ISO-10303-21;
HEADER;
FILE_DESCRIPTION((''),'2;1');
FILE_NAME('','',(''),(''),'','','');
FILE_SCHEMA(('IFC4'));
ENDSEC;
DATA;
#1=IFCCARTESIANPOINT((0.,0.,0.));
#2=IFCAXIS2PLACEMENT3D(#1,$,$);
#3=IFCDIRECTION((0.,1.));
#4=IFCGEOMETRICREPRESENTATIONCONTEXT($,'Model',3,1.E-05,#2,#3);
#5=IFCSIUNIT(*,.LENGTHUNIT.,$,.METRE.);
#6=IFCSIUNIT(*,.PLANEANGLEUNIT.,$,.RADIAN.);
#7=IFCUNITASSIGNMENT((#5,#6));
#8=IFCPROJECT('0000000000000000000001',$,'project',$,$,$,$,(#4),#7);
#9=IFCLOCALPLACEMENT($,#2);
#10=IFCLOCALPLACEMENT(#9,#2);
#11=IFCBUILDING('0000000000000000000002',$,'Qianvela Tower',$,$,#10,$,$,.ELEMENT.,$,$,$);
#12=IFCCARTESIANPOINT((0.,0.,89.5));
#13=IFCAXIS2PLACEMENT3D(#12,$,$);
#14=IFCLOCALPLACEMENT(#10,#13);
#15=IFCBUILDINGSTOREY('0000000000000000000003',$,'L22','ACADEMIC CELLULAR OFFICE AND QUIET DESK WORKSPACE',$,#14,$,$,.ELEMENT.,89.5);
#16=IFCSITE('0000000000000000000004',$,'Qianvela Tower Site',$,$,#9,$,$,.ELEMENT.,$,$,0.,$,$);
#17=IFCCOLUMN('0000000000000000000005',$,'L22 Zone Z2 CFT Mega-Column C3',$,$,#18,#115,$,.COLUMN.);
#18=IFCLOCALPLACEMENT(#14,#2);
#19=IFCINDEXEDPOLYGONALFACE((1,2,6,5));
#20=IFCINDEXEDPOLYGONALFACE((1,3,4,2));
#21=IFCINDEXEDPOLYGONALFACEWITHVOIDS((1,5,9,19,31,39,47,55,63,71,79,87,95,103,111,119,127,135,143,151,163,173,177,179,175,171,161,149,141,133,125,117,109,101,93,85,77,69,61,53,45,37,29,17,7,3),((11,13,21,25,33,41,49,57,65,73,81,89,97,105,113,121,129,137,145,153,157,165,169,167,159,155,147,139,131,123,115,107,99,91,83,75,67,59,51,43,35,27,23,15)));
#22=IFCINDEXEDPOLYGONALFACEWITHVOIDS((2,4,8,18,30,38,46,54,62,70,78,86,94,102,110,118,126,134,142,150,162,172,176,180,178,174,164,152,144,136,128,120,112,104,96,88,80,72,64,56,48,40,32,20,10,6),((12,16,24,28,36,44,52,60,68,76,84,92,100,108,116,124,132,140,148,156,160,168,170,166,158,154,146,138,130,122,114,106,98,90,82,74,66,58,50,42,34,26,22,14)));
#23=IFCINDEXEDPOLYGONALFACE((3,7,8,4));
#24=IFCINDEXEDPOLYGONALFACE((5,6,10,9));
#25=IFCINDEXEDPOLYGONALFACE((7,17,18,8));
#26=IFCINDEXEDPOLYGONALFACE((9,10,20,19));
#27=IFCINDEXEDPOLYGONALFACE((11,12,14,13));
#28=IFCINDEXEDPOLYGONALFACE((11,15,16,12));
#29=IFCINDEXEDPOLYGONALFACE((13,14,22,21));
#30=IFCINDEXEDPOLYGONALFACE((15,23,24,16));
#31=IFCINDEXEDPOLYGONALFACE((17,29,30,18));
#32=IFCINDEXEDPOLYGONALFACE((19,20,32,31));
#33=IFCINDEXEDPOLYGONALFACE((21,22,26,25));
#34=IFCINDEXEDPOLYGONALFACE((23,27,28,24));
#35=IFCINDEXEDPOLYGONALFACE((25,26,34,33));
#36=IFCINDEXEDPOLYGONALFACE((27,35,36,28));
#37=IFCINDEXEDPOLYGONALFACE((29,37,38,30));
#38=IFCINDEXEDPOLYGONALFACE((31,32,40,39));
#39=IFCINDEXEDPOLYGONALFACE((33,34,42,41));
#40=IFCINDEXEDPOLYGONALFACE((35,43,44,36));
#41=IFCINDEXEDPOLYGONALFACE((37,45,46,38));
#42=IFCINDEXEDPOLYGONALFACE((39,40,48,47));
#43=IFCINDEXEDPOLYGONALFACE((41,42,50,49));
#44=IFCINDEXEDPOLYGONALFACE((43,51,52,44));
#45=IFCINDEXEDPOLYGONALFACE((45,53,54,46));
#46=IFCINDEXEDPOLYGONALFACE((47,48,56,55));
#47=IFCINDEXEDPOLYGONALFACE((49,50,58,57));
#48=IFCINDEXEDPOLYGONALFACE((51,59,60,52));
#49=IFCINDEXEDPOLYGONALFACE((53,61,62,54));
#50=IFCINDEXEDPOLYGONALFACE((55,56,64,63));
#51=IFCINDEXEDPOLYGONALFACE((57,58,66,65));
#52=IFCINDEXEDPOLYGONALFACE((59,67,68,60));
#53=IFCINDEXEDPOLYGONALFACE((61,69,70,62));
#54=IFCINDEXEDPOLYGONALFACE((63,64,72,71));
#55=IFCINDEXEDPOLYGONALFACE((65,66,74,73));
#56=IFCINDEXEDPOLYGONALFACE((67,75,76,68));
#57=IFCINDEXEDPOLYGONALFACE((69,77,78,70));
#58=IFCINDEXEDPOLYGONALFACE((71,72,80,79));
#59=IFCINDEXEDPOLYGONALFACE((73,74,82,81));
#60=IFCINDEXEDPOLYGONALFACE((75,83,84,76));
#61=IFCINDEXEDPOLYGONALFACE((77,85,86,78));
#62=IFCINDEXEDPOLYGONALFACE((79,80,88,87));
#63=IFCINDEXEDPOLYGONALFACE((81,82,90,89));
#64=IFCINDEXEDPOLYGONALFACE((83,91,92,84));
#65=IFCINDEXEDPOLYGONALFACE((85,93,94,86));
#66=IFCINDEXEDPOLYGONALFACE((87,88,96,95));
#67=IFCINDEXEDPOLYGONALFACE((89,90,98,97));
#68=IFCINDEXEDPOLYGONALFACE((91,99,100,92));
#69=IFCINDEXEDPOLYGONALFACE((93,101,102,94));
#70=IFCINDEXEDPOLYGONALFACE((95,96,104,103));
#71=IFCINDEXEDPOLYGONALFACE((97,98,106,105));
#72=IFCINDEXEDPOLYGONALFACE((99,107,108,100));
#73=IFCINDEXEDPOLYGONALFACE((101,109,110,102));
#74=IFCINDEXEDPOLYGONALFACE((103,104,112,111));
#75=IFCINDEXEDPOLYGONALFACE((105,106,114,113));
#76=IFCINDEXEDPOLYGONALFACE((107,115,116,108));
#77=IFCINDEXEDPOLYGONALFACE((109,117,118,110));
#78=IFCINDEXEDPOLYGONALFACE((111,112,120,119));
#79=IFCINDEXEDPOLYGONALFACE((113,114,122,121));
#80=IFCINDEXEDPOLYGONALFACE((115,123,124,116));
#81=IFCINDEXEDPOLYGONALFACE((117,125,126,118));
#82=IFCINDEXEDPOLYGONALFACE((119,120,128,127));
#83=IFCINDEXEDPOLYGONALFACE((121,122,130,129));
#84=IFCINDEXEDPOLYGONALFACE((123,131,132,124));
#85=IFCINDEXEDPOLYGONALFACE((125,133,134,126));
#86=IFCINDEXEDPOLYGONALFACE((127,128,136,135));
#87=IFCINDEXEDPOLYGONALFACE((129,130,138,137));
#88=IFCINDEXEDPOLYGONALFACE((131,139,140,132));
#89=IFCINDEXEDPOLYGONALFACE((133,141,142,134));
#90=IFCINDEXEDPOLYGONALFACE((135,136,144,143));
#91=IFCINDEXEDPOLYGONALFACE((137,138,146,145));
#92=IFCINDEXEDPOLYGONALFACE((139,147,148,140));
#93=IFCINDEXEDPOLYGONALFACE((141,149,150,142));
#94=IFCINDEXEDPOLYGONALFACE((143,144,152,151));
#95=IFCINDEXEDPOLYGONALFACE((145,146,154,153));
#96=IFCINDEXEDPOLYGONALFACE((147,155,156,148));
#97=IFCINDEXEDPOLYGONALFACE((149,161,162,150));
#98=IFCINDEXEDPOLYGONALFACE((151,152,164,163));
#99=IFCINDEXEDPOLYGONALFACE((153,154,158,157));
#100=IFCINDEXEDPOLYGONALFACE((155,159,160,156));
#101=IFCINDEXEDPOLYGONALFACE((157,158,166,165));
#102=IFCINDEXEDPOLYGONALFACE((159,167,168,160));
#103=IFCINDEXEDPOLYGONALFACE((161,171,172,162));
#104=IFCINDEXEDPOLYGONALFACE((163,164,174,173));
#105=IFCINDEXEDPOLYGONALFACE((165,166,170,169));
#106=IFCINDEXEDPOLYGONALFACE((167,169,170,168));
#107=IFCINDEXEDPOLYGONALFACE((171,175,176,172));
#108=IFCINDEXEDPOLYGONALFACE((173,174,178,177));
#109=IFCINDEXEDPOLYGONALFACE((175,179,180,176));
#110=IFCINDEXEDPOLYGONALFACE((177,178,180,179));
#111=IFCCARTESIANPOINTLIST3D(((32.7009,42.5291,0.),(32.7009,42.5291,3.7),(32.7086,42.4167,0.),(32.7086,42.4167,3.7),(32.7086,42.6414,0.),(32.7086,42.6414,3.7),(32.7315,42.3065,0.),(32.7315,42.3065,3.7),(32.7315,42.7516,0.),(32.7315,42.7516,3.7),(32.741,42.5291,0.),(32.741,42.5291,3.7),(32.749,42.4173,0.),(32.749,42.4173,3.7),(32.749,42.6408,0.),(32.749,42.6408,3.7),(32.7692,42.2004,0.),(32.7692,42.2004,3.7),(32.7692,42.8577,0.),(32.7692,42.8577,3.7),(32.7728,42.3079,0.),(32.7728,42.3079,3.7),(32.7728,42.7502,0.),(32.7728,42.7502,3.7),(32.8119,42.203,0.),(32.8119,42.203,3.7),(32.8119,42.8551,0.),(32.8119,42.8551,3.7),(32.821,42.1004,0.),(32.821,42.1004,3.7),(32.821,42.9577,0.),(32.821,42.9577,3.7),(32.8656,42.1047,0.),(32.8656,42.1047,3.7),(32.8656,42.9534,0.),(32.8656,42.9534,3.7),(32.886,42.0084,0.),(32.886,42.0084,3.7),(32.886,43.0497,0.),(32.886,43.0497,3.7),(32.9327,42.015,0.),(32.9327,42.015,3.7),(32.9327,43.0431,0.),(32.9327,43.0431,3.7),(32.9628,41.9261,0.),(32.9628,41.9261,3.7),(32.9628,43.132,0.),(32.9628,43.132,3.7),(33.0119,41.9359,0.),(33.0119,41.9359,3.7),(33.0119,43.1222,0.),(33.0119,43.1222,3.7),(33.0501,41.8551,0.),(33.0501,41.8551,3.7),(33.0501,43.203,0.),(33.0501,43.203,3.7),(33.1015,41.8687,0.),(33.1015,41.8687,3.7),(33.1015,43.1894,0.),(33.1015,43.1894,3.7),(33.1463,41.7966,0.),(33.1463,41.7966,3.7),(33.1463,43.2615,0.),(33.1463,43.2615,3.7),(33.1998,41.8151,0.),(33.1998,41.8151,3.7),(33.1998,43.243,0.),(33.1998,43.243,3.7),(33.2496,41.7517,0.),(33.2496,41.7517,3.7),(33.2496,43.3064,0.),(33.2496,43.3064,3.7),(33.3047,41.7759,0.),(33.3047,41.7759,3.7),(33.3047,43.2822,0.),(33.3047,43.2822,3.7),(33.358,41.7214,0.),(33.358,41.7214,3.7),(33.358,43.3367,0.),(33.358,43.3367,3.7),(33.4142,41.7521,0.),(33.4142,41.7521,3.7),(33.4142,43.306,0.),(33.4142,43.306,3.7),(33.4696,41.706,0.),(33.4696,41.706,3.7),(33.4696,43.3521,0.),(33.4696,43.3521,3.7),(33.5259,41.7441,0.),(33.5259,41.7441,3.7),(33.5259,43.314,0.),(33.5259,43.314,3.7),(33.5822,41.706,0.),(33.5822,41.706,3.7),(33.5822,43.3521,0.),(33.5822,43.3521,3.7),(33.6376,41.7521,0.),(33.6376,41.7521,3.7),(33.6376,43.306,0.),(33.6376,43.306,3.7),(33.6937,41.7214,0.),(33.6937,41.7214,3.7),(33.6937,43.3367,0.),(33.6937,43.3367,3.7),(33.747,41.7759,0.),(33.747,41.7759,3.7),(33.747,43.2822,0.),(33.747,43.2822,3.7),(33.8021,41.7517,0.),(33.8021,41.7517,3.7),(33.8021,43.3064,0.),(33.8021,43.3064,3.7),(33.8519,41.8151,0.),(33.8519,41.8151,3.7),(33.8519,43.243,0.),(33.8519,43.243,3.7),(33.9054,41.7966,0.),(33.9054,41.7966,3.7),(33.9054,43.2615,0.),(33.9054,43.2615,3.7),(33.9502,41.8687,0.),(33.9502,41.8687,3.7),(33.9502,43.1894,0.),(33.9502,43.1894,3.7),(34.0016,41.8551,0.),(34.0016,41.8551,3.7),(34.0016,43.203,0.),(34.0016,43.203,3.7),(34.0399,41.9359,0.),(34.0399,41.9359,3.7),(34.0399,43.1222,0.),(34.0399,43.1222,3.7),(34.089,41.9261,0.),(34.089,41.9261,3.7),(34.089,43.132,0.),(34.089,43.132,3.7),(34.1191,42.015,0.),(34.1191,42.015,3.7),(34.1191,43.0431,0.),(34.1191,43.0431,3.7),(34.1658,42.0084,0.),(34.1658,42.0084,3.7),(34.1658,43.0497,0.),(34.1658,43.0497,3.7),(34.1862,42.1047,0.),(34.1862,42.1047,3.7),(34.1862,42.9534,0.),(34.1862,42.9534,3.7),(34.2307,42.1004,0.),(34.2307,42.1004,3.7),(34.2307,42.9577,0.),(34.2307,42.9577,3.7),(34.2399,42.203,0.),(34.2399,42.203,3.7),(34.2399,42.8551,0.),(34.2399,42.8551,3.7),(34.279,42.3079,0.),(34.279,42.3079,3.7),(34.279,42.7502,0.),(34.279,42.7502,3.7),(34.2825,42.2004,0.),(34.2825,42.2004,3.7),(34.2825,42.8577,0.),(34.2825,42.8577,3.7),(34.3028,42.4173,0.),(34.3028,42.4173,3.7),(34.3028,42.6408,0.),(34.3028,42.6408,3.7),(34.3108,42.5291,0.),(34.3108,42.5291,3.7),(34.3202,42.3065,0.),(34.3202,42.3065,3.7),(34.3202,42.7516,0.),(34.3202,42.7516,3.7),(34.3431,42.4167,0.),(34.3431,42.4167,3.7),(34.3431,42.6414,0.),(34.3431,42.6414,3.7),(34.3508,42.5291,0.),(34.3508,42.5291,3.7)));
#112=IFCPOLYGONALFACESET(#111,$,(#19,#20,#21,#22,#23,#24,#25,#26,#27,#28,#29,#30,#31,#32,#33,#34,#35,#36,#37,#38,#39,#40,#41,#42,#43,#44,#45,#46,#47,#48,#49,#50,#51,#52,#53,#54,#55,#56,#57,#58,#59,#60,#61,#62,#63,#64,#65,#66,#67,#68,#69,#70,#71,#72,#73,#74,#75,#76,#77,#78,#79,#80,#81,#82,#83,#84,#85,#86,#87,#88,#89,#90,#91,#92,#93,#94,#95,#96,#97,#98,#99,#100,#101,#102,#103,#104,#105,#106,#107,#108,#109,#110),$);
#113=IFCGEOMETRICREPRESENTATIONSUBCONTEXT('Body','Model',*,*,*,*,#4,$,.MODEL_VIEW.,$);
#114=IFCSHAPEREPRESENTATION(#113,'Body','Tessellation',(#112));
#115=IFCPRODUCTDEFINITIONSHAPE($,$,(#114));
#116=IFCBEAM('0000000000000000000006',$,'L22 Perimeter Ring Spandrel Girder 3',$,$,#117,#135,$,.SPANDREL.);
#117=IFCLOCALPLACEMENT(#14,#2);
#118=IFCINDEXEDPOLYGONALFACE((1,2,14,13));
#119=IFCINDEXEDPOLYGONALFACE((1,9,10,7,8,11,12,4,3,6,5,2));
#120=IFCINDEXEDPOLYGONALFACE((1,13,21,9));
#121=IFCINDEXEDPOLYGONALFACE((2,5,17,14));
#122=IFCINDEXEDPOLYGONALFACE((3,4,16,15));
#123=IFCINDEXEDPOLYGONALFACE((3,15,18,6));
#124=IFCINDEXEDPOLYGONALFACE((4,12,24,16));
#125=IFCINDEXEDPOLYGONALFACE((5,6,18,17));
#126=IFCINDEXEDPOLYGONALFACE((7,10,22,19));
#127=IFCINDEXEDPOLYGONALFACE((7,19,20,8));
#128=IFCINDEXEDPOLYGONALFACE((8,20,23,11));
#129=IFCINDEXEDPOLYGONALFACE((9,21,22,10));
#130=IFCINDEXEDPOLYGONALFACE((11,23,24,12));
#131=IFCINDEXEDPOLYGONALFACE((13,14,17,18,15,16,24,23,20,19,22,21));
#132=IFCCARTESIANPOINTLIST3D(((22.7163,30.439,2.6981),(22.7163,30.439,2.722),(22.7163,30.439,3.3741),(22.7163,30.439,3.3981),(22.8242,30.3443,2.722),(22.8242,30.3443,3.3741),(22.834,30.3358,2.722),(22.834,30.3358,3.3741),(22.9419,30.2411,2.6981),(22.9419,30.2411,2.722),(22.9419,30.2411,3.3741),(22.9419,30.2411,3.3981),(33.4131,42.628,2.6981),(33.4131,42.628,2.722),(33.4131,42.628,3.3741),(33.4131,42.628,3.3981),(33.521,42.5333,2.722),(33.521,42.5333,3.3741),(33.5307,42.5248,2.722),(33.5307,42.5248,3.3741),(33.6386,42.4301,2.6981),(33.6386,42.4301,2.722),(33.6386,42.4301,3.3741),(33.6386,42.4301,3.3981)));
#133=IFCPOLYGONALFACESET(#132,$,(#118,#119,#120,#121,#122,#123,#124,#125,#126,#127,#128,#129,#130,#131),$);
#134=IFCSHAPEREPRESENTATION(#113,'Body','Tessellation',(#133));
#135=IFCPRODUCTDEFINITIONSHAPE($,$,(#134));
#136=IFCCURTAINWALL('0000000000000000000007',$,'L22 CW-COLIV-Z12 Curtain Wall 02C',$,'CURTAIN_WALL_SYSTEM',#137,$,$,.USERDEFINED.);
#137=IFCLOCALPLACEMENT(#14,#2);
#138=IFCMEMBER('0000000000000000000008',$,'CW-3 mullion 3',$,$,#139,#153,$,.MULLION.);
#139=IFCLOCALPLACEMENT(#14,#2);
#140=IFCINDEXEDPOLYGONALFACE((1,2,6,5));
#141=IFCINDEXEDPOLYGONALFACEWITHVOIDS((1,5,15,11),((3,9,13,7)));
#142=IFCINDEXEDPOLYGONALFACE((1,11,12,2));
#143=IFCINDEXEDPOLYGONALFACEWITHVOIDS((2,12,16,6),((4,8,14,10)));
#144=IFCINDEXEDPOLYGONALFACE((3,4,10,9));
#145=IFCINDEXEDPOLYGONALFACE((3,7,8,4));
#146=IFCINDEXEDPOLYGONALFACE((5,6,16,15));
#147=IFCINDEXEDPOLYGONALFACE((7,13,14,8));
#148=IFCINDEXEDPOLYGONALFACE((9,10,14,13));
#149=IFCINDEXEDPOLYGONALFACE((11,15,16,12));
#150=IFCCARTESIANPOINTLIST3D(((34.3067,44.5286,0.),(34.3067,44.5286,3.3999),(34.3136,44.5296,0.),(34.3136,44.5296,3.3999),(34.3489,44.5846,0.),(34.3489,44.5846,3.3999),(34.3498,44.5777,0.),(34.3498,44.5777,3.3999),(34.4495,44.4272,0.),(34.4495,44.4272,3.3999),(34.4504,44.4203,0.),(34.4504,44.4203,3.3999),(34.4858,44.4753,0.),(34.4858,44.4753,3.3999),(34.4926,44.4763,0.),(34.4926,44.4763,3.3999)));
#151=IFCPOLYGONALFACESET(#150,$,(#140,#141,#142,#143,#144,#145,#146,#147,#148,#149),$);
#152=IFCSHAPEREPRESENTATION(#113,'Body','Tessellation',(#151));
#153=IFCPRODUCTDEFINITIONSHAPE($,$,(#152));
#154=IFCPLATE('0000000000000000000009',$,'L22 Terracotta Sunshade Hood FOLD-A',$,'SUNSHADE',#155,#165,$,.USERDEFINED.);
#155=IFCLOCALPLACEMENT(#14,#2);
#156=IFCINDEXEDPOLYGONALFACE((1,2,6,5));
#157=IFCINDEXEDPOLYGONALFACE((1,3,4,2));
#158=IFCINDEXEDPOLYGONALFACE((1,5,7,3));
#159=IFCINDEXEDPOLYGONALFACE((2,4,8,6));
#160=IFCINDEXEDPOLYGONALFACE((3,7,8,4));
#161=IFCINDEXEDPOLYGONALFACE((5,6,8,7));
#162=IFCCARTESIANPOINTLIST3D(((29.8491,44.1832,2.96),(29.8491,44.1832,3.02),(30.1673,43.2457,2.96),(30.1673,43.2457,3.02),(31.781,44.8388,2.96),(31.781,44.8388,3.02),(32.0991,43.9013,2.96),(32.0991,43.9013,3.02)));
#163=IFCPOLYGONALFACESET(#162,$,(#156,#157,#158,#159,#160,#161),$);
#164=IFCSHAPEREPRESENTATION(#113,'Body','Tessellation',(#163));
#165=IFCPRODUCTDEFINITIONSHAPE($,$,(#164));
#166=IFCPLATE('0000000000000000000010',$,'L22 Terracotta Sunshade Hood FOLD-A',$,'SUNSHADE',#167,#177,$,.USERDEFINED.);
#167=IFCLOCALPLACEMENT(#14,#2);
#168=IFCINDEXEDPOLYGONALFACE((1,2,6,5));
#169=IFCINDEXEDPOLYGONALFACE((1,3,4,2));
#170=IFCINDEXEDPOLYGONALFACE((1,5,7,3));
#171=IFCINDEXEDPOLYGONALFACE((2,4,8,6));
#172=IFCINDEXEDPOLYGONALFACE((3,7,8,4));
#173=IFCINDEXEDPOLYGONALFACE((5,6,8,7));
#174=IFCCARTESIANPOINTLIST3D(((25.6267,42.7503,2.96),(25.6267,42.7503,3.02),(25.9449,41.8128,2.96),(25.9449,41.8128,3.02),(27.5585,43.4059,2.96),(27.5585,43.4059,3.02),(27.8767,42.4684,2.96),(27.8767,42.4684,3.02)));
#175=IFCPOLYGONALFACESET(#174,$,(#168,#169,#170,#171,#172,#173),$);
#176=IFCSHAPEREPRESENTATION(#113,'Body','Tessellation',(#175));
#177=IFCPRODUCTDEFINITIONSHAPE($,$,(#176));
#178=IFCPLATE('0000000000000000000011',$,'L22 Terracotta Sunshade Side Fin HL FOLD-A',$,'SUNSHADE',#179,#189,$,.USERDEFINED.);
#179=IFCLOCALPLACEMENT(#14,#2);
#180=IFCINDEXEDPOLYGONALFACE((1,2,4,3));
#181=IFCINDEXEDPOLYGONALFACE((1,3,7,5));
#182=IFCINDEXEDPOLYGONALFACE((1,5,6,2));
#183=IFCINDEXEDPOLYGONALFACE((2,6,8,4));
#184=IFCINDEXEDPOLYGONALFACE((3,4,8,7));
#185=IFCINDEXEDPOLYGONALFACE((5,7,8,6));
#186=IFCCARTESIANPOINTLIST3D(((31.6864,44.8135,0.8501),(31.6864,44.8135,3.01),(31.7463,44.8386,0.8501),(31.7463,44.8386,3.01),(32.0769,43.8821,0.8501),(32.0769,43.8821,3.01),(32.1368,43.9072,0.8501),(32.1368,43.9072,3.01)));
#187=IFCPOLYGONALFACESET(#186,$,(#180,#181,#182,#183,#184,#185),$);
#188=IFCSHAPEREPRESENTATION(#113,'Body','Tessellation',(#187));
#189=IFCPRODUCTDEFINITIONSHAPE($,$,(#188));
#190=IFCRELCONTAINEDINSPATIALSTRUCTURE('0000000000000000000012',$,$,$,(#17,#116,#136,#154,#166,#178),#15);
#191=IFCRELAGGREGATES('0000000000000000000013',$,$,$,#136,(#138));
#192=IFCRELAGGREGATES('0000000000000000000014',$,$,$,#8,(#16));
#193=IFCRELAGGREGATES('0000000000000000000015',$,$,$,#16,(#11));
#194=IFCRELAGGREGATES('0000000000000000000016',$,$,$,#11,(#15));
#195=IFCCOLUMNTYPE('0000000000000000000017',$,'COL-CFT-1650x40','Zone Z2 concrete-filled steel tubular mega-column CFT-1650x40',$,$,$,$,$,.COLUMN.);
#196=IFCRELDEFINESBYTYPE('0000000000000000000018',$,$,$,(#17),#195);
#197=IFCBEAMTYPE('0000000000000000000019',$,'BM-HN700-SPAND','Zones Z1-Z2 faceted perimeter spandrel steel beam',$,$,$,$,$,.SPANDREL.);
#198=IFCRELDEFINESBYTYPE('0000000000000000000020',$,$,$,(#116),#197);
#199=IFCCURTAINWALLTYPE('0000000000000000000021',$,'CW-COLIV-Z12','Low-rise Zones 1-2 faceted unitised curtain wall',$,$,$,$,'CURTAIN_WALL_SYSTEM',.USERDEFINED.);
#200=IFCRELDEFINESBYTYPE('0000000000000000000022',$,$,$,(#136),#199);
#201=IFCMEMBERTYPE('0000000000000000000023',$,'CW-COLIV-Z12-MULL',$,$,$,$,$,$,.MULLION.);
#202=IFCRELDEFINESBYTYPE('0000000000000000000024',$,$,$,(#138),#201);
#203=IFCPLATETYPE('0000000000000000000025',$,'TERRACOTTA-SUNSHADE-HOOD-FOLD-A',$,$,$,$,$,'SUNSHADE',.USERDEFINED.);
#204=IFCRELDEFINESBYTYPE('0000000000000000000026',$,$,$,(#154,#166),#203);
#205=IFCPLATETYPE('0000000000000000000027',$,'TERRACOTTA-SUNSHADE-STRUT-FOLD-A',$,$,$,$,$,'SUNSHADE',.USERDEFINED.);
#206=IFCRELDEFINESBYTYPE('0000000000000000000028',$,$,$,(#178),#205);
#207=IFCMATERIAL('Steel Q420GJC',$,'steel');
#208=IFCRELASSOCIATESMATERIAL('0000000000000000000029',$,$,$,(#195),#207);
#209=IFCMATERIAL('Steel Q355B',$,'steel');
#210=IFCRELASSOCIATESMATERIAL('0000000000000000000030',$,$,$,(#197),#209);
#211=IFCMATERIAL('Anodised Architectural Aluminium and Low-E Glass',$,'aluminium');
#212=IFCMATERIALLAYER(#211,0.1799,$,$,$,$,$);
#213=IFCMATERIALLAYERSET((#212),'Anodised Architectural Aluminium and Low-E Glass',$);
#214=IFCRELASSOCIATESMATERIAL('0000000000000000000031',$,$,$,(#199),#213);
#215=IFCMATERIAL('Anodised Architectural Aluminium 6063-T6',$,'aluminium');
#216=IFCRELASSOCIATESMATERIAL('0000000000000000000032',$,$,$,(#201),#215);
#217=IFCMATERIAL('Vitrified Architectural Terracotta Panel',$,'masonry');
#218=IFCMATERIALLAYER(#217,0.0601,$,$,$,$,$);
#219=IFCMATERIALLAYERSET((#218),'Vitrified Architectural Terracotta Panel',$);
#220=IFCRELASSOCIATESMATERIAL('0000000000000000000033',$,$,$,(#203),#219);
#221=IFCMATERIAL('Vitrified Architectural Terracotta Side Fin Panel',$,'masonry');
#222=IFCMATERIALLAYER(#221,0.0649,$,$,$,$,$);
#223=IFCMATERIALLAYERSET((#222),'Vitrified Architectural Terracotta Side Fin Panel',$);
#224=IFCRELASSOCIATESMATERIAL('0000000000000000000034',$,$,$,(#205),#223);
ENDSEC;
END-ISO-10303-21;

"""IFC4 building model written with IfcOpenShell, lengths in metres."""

from ifc_helpers import new_model, si_unit, direction, frame, origin, origin_2d, place, context, subcontext, project, spatial, rectangle, hollow_rectangle, hollow_circle, i_section, extrude, material, layer, layer_set, material_profile, profile_set, type_object, element, aggregate, save


model = new_model("IFC4")

# Units and contexts
model_context = context("Model", 3, precision=1e-05, world=origin(), true_north=direction((0.0, 1.0)))
body_context = subcontext(model_context, "Body", "Model", "MODEL_VIEW")
ifc_project = project(units=[si_unit("LENGTHUNIT", "METRE"), si_unit("PLANEANGLEUNIT", "RADIAN")], contexts=[model_context])

# Site, building, storey
site_placement = place(None, origin())
site = spatial("IfcSite", under=ifc_project, at=site_placement, Name="Qianvela Tower Site", CompositionType="ELEMENT", RefElevation=0.0)
building_placement = place(site_placement, origin())
building = spatial("IfcBuilding", under=site, at=building_placement, Name="Qianvela Tower", CompositionType="ELEMENT")
storey_placement = place(building_placement, frame((0.0, 0.0, 89.5)))
storey = spatial("IfcBuildingStorey", under=building, at=storey_placement, Name="L22", Description="ACADEMIC CELLULAR OFFICE AND QUIET DESK WORKSPACE", CompositionType="ELEMENT", Elevation=89.5)

# Column
ifc_material_1 = material(Name="Steel Q420GJC", Category="steel")
ifc_material_profile_1 = material_profile(ifc_material_1, hollow_circle(Radius=0.825, WallThickness=0.04, at=origin_2d()), Name="CFT-1650x40")
ifc_profile_set_1 = profile_set([ifc_material_profile_1], Name="Steel Q420GJC")
column_type = type_object("IfcColumnType", Name="COL-CFT-1650x40", Description="Zone Z2 concrete-filled steel tubular mega-column CFT-1650x40", PredefinedType="COLUMN", material=ifc_profile_set_1)
column_placement = place(storey_placement, frame((33.5259, 42.5291, 0.0), z_axis=(0.0, 0.0, 1.0), x_axis=(1.0, 0.0, 0.0)))
element("IfcColumn", 1, at=column_placement, inside=storey, type_object=column_type, Name="L22 Zone Z2 CFT Mega-Column C3", PredefinedType="COLUMN", context=body_context, shape_type="SweptSolid", body=[
    extrude(hollow_circle(Radius=0.825, WallThickness=0.04, at=origin_2d()), origin(), (0.0, 0.0, 1.0), 3.7),
])

# Beam
ifc_material_2 = material(Name="Steel Q355B", Category="steel")
ifc_material_profile_2 = material_profile(ifc_material_2, i_section(OverallWidth=0.3, OverallDepth=0.7, WebThickness=0.0129, FlangeThickness=0.0239, at=origin_2d()), Name="HN700x300x13x24")
ifc_profile_set_2 = profile_set([ifc_material_profile_2], Name="Steel Q355B")
beam_type = type_object("IfcBeamType", Name="BM-HN700-SPAND", Description="Zones Z1-Z2 faceted perimeter spandrel steel beam", PredefinedType="SPANDREL", material=ifc_profile_set_2)
beam_placement = place(storey_placement, frame((33.5259, 42.5291, 3.0481), z_axis=(-0.659602, -0.751615, 0.0), x_axis=(0.751615, -0.659602, 0.0)))
element("IfcBeam", 2, at=beam_placement, inside=storey, type_object=beam_type, Name="L22 Perimeter Ring Spandrel Girder 3", PredefinedType="SPANDREL", context=body_context, shape_type="SweptSolid", body=[
    extrude(i_section(OverallWidth=0.3, OverallDepth=0.7, WebThickness=0.0129, FlangeThickness=0.0239, at=origin_2d()), origin(), (0.0, 0.0, 1.0), 16.217),
])

# Curtain wall, member
ifc_material_3 = material(Name="Anodised Architectural Aluminium and Low-E Glass", Category="aluminium")
ifc_layer_1 = layer(ifc_material_3, 0.1799)
ifc_layer_set_1 = layer_set([ifc_layer_1], Name="Anodised Architectural Aluminium and Low-E Glass")
curtain_wall_type = type_object("IfcCurtainWallType", Name="CW-COLIV-Z12", Description="Low-rise Zones 1-2 faceted unitised curtain wall", ElementType="CURTAIN_WALL_SYSTEM", PredefinedType="USERDEFINED", material=ifc_layer_set_1)
curtain_wall_placement = place(storey_placement, origin())
curtain_wall = element("IfcCurtainWall", 3, at=curtain_wall_placement, inside=storey, type_object=curtain_wall_type, Name="L22 CW-COLIV-Z12 Curtain Wall 02C", ObjectType="CURTAIN_WALL_SYSTEM", PredefinedType="USERDEFINED")
ifc_material_4 = material(Name="Anodised Architectural Aluminium 6063-T6", Category="aluminium")
ifc_material_profile_3 = material_profile(ifc_material_4, hollow_rectangle(XDim=0.0701, YDim=0.1799, WallThickness=0.0049, at=origin_2d()), Name="ALU-MULL-70x180")
ifc_profile_set_3 = profile_set([ifc_material_profile_3], Name="Anodised Architectural Aluminium 6063-T6")
member_type = type_object("IfcMemberType", Name="CW-COLIV-Z12-MULL", PredefinedType="MULLION", material=ifc_profile_set_3)
member_placement = place(storey_placement, frame((34.3997, 44.5024, 0.0), z_axis=(0.0, 0.0, 1.0), x_axis=(-0.601713, -0.798712, 0.0)))
member = element("IfcMember", 4, at=member_placement, type_object=member_type, Name="CW-3 mullion 3", PredefinedType="MULLION", context=body_context, shape_type="SweptSolid", body=[
    extrude(hollow_rectangle(XDim=0.0701, YDim=0.1799, WallThickness=0.0049, at=origin_2d()), origin(), (0.0, 0.0, 1.0), 3.3999),
])
aggregate(curtain_wall, [member])

# Plates
ifc_material_5 = material(Name="Vitrified Architectural Terracotta Panel", Category="masonry")
ifc_layer_2 = layer(ifc_material_5, 0.0601)
ifc_layer_set_2 = layer_set([ifc_layer_2], Name="Vitrified Architectural Terracotta Panel")
plate_type_1 = type_object("IfcPlateType", Name="TERRACOTTA-SUNSHADE-HOOD-FOLD-A", ElementType="SUNSHADE", PredefinedType="USERDEFINED", material=ifc_layer_set_2)
for number, where, z_axis, x_axis, name in (
    (5, (30.9741, 44.0422, 2.96), (0.0, 0.0, 1.0), (-0.946952, -0.321375, 0.0), "L22 Terracotta Sunshade Hood FOLD-A"),
    (6, (26.7517, 42.6094, 2.96), (0.0, 0.0, 1.0), (-0.946952, -0.321375, 0.0), "L22 Terracotta Sunshade Hood FOLD-A"),
):
    element("IfcPlate", number, at=place(storey_placement, frame(where, z_axis=z_axis, x_axis=x_axis)), inside=storey, type_object=plate_type_1, Name=name, ObjectType="SUNSHADE", PredefinedType="USERDEFINED", context=body_context, shape_type="SweptSolid", body=[
        extrude(rectangle(XDim=2.04, YDim=0.99, at=origin_2d()), origin(), (0.0, 0.0, 1.0), 0.0601),
    ])
ifc_material_6 = material(Name="Vitrified Architectural Terracotta Side Fin Panel", Category="masonry")
ifc_layer_3 = layer(ifc_material_6, 0.0649)
ifc_layer_set_3 = layer_set([ifc_layer_3], Name="Vitrified Architectural Terracotta Side Fin Panel")
plate_type_2 = type_object("IfcPlateType", Name="TERRACOTTA-SUNSHADE-STRUT-FOLD-A", ElementType="SUNSHADE", PredefinedType="USERDEFINED", material=ifc_layer_set_3)
for number, where, z_axis, x_axis, name in (
    (7, (31.9116, 44.3604, 0.8501), (0.0, 0.0, 1.0), (-0.922227, -0.386648, 0.0), "L22 Terracotta Sunshade Side Fin HL FOLD-A"),
):
    element("IfcPlate", number, at=place(storey_placement, frame(where, z_axis=z_axis, x_axis=x_axis)), inside=storey, type_object=plate_type_2, Name=name, ObjectType="SUNSHADE", PredefinedType="USERDEFINED", context=body_context, shape_type="SweptSolid", body=[
        extrude(rectangle(XDim=0.0649, YDim=1.01, at=origin_2d()), origin(), (0.0, 0.0, 1.0), 2.1599),
    ])

save(model, "model.ifc")
